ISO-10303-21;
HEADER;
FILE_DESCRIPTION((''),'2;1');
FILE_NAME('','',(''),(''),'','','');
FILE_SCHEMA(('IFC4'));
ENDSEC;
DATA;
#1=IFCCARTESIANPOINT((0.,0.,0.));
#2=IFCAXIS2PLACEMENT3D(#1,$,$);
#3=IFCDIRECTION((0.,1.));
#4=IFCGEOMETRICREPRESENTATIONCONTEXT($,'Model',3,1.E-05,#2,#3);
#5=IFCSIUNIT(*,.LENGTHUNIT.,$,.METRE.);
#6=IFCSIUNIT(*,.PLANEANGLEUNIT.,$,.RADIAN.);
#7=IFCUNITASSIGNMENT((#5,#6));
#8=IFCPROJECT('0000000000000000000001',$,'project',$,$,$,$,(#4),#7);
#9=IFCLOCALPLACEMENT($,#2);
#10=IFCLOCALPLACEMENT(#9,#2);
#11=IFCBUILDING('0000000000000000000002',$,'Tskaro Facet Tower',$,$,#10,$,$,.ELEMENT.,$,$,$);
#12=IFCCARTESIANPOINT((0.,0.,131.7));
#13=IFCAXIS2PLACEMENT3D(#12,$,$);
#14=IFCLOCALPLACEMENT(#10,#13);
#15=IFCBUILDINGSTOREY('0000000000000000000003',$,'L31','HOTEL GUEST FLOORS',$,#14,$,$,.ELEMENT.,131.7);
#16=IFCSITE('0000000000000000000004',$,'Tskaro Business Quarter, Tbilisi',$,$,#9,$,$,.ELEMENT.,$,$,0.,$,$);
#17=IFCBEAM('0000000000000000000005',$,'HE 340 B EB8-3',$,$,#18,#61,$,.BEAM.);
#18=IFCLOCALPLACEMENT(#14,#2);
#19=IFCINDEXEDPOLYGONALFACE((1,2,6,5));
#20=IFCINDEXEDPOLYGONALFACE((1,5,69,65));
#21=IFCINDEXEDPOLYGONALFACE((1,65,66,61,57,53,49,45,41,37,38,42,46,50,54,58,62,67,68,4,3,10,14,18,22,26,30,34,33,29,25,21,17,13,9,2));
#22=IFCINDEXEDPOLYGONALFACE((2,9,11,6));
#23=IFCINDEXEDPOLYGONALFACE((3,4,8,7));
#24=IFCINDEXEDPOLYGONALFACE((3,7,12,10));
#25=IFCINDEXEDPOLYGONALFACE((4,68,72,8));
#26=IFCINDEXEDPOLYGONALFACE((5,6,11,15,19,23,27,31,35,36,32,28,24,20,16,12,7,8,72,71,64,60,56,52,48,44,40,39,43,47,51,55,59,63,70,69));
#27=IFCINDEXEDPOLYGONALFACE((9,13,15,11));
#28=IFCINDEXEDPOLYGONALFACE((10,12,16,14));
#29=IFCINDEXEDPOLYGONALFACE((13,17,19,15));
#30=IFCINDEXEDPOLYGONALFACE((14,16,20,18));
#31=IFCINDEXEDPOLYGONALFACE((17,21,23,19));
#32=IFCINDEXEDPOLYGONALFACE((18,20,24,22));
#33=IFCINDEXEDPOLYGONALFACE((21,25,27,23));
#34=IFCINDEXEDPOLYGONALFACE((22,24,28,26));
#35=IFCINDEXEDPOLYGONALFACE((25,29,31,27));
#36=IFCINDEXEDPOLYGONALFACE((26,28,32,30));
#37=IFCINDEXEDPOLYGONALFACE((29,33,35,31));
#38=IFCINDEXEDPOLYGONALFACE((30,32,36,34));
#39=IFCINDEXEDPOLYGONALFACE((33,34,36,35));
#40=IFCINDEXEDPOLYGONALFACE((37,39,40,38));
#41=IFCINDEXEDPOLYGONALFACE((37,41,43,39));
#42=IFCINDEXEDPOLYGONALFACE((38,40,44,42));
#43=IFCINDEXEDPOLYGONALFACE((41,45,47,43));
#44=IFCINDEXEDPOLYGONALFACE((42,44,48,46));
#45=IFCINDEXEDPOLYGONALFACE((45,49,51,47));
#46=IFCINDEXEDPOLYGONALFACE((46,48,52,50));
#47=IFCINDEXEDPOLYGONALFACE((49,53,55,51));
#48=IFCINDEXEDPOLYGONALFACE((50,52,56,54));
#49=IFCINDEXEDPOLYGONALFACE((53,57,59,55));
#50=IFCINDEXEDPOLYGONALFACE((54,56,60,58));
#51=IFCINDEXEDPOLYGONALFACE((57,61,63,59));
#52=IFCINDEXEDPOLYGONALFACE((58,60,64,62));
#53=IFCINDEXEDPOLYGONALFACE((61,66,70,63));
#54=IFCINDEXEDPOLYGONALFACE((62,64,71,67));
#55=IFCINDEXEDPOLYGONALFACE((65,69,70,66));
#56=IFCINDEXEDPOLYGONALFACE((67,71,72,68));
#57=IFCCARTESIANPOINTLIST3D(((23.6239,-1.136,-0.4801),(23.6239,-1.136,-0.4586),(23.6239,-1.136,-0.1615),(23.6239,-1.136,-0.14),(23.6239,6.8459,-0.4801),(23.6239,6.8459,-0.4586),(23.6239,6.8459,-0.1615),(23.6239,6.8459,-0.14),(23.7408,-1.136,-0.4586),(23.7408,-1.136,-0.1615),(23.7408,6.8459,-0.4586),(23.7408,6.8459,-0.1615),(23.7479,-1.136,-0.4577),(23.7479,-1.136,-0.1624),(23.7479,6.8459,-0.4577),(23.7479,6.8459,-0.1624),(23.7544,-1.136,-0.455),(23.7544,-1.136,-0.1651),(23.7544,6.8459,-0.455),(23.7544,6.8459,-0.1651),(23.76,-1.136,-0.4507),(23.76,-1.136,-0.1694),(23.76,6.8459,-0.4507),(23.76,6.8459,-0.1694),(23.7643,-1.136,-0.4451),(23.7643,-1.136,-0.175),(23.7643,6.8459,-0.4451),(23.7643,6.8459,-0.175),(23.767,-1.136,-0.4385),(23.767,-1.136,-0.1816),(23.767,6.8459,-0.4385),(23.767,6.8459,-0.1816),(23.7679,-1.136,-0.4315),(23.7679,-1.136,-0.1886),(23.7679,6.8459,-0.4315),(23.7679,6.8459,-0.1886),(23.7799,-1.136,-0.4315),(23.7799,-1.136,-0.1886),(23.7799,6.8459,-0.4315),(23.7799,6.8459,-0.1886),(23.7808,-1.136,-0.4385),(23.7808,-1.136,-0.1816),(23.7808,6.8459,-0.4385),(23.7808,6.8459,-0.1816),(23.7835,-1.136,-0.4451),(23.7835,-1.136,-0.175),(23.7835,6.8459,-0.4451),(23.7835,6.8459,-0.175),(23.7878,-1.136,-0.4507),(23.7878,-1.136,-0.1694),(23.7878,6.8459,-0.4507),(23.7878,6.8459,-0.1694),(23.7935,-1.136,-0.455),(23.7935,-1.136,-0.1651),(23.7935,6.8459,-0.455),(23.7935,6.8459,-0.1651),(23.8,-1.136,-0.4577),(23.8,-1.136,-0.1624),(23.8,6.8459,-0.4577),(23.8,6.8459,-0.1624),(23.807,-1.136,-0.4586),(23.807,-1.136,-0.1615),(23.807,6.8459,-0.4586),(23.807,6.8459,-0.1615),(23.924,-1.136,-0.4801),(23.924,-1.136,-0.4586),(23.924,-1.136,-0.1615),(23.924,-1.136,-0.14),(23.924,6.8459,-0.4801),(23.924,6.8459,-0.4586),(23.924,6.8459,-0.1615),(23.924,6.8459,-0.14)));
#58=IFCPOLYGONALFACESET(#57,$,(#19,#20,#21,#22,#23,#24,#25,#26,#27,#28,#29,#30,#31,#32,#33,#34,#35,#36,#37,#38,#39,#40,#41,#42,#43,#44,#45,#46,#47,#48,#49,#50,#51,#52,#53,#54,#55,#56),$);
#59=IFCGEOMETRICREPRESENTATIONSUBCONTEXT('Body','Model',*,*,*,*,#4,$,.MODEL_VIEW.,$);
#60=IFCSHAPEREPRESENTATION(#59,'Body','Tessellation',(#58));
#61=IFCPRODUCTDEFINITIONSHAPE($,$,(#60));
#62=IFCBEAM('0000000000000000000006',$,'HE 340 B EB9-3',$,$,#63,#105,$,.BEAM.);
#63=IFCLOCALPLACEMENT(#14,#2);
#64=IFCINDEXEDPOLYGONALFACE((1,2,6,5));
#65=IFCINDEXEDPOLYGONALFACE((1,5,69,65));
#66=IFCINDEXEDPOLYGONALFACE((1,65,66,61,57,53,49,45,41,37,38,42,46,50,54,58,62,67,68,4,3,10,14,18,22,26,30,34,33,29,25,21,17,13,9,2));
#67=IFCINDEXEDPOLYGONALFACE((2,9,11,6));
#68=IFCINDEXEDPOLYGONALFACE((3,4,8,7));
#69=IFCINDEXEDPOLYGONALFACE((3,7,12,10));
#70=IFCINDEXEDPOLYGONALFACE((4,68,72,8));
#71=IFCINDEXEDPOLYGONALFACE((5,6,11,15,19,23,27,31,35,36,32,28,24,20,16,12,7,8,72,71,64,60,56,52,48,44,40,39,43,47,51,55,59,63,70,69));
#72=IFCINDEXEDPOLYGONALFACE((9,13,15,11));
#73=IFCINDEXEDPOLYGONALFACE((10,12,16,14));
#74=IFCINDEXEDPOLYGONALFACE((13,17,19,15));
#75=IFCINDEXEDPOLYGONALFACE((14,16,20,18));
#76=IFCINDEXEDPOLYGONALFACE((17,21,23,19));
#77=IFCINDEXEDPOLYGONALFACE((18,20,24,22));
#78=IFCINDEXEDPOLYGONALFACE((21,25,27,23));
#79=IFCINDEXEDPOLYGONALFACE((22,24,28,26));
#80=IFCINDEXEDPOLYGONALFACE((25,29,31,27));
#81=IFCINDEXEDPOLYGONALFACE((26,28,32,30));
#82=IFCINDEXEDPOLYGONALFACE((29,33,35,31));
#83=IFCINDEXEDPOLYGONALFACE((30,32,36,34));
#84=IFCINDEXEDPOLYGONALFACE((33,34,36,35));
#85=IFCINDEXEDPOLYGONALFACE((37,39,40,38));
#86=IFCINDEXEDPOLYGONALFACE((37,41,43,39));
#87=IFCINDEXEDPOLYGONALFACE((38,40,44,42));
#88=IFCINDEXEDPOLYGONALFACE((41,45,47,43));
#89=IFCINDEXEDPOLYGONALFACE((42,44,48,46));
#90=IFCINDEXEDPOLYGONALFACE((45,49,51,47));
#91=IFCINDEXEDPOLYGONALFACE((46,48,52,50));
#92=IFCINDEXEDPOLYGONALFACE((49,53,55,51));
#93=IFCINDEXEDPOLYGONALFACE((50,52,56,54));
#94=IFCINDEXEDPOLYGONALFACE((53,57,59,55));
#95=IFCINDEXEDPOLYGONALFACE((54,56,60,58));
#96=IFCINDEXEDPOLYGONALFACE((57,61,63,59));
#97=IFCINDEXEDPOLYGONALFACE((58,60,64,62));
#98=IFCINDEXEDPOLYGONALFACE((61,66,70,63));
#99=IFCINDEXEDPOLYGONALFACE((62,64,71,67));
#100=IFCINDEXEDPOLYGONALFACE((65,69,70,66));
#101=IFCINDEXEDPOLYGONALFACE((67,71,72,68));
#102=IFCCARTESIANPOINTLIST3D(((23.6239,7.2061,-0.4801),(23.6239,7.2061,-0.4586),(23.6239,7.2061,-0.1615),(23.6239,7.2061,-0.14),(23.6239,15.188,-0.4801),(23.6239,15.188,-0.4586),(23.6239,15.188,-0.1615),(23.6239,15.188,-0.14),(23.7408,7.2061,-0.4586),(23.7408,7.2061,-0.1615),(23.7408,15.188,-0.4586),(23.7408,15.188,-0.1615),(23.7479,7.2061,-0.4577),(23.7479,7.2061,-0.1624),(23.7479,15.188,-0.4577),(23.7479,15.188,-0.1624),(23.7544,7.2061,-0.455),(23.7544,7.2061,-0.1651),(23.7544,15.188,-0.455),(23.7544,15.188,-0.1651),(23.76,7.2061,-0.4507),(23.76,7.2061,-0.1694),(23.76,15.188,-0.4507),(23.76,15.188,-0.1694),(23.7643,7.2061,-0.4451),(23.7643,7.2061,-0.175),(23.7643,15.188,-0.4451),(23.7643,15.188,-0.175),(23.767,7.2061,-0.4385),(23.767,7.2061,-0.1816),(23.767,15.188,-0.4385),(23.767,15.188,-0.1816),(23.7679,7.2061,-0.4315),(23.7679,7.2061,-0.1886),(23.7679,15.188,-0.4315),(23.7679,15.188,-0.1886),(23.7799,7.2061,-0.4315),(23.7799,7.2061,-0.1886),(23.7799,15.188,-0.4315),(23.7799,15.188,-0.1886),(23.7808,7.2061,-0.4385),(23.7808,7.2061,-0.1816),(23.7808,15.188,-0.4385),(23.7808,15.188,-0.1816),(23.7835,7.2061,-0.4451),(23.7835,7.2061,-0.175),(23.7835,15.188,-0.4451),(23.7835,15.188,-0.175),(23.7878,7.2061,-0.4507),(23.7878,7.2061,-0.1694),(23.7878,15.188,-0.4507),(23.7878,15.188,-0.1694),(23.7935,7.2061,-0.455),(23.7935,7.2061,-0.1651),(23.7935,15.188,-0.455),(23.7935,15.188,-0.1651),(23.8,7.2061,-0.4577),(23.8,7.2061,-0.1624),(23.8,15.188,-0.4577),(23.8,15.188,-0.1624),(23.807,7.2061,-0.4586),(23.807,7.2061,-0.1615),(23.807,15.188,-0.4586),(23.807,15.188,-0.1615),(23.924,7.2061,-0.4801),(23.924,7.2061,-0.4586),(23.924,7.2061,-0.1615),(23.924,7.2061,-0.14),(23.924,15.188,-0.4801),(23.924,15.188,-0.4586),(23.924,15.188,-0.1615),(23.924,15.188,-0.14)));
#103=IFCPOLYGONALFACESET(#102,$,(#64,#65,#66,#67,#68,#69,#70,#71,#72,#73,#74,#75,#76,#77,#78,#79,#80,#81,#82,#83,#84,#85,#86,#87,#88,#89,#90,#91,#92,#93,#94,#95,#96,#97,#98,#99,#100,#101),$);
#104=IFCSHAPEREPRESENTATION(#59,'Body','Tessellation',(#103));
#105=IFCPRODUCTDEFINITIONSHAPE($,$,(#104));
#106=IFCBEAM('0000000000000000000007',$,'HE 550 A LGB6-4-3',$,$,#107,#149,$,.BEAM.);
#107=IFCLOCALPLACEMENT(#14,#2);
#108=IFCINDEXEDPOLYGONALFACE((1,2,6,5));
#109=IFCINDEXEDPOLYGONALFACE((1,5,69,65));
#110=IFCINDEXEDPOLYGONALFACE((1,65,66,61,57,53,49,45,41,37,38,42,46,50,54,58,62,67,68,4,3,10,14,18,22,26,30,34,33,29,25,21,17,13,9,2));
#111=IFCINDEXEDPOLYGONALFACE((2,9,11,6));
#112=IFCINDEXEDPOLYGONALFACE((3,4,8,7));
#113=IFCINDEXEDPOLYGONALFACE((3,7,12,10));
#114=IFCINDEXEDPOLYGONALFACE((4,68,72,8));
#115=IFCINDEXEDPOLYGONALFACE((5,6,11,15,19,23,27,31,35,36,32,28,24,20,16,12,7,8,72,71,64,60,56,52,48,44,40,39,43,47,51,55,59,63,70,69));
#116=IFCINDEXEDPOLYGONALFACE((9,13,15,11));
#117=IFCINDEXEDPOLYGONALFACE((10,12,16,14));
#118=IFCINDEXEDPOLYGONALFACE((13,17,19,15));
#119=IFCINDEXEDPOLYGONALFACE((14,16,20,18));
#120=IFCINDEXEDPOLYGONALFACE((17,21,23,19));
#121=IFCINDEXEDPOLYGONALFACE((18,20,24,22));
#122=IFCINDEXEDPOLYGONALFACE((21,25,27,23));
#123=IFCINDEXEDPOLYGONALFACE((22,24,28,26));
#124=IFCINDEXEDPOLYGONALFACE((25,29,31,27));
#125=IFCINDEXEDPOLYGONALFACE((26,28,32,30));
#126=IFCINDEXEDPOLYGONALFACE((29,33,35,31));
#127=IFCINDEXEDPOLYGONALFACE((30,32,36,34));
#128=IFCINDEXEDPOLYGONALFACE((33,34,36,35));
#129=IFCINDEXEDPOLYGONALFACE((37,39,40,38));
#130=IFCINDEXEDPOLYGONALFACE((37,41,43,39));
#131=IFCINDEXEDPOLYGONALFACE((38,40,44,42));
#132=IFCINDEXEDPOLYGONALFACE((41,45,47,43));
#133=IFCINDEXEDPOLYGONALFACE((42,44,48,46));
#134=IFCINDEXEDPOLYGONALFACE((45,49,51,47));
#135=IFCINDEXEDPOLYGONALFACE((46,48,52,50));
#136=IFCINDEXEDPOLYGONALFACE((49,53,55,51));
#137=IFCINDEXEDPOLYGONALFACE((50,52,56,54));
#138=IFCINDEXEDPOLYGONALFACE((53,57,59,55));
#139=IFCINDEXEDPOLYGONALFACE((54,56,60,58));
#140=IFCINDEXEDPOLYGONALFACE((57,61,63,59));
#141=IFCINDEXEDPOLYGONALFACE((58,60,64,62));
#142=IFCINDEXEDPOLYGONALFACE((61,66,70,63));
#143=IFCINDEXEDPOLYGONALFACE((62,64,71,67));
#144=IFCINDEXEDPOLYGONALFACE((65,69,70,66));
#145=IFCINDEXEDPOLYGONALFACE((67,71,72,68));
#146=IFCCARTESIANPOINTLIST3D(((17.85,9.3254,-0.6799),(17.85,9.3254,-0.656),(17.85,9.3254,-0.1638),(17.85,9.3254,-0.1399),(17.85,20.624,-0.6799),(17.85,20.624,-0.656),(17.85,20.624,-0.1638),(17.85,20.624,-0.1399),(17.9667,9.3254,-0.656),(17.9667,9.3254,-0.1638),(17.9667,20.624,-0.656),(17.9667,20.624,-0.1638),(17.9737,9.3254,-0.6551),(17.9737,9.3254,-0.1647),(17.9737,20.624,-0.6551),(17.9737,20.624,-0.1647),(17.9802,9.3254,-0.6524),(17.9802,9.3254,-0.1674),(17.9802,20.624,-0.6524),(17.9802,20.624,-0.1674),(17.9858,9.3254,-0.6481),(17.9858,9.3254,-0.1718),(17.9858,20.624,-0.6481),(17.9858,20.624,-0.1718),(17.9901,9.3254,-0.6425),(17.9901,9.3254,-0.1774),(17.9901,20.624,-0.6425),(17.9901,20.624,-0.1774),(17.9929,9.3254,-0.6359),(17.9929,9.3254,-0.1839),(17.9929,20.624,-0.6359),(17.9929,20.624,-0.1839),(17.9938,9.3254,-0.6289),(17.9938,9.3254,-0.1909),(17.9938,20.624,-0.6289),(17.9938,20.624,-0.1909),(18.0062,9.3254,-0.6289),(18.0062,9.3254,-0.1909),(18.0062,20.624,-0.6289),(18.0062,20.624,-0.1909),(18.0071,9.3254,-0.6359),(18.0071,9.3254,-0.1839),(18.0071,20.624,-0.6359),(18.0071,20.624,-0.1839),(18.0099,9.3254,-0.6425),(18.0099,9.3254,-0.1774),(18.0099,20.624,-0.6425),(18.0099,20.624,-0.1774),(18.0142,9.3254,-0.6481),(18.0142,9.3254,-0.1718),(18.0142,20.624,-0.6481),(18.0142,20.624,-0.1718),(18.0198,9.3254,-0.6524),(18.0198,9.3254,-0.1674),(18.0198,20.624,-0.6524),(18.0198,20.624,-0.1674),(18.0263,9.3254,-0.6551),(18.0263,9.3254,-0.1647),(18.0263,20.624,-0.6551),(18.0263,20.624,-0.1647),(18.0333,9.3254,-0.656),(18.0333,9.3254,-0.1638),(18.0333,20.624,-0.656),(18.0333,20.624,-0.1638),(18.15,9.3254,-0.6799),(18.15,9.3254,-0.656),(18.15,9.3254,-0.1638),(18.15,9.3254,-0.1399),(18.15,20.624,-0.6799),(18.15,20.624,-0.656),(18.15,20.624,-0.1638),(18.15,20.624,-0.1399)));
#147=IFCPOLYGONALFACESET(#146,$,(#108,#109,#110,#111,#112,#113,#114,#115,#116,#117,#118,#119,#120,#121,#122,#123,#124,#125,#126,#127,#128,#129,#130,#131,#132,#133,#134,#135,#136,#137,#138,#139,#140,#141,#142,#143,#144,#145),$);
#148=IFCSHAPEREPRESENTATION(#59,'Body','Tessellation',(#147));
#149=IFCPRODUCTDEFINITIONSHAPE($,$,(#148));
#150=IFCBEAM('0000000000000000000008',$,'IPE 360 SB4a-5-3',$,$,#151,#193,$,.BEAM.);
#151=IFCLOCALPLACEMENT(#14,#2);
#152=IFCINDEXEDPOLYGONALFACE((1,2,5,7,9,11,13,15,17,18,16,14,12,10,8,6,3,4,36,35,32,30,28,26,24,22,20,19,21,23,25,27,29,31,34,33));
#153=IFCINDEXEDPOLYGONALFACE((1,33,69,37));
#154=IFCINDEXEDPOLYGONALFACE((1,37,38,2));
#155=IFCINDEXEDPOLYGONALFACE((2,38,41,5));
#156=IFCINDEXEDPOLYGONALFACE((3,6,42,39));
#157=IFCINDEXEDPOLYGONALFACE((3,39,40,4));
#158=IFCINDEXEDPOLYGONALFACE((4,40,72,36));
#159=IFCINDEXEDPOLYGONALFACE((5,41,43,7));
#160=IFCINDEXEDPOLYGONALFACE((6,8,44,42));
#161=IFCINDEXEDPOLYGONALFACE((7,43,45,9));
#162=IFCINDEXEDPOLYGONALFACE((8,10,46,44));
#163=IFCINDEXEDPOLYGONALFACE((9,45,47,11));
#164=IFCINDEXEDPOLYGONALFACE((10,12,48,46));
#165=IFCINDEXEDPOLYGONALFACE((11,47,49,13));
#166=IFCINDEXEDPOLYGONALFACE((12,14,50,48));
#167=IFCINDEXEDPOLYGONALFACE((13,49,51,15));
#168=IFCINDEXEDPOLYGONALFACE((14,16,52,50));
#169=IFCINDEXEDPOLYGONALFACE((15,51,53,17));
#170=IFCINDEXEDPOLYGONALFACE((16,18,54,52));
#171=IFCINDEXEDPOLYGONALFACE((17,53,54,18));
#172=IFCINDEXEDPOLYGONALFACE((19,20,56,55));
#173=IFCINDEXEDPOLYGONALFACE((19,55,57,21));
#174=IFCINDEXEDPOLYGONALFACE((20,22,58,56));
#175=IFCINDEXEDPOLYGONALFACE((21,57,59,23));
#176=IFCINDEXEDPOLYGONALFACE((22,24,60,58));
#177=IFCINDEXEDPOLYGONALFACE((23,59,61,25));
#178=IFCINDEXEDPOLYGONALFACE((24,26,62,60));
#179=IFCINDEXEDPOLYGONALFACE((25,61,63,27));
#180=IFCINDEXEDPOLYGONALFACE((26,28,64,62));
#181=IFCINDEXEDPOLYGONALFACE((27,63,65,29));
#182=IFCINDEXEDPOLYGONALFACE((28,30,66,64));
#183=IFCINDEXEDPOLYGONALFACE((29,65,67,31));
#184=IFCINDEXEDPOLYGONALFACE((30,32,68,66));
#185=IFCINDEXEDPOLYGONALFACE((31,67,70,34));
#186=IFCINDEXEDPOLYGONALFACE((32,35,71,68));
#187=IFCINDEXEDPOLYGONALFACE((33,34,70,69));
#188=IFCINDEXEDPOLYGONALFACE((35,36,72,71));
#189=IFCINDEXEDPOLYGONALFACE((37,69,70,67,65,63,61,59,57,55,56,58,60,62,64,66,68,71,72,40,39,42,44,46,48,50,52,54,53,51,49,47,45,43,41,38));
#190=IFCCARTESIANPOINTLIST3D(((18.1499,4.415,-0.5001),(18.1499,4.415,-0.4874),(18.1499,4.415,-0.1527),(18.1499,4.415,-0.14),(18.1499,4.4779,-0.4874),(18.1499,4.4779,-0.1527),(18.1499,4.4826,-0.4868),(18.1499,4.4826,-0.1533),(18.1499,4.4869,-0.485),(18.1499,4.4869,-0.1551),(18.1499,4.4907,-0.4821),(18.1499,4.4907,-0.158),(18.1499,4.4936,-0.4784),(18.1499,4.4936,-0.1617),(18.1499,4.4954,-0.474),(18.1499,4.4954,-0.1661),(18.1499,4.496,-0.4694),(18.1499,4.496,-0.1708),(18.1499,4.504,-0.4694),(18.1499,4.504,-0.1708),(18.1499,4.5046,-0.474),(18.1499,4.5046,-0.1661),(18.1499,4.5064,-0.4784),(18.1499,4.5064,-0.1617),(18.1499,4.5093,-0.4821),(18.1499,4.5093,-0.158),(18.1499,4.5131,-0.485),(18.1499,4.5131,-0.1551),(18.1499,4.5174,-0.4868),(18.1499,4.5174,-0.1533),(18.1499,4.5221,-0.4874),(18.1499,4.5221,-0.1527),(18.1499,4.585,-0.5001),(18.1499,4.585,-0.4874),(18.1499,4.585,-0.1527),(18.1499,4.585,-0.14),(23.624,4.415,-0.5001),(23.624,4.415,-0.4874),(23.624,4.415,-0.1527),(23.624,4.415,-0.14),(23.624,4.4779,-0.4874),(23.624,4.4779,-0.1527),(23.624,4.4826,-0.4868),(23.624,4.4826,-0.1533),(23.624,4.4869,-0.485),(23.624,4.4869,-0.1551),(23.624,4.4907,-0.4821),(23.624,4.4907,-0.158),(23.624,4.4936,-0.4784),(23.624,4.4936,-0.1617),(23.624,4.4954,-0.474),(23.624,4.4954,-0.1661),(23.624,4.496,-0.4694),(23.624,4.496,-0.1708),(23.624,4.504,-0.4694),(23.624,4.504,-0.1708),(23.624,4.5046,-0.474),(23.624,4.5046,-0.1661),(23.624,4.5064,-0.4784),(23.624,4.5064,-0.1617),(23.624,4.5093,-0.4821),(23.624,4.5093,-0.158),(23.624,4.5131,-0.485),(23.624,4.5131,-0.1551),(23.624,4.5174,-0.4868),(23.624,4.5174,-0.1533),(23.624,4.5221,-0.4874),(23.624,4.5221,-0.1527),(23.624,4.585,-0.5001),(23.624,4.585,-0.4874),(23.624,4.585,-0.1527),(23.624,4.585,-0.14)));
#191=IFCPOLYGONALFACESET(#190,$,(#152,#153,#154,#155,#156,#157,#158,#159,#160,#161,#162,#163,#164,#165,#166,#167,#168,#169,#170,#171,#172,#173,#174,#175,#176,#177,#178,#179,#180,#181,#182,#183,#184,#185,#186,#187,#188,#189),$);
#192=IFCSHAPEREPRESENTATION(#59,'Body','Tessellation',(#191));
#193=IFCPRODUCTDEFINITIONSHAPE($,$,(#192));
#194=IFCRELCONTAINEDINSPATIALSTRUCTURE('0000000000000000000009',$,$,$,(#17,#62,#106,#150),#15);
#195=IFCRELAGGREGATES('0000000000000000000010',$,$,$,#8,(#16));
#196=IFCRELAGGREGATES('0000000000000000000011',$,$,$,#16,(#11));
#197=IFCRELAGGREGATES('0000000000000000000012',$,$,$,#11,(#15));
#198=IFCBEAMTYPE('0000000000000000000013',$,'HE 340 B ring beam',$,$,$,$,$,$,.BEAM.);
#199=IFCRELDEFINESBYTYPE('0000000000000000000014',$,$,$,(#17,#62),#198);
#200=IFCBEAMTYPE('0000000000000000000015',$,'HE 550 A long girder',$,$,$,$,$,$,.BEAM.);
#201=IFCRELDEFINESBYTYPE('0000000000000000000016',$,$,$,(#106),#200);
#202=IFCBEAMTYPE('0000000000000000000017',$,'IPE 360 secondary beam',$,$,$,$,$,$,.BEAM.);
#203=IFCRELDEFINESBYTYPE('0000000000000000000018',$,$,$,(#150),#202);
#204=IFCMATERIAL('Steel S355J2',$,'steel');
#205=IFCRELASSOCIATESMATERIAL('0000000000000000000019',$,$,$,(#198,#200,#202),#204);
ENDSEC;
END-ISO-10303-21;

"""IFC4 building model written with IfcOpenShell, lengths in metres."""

from ifc_helpers import new_model, si_unit, direction, frame, origin, origin_2d, place, context, subcontext, project, spatial, i_section, extrude, material, material_profile, profile_set, type_object, element, save


model = new_model("IFC4")

# Units and contexts
model_context = context("Model", 3, precision=1e-05, world=origin(), true_north=direction((0.0, 1.0)))
body_context = subcontext(model_context, "Body", "Model", "MODEL_VIEW")
ifc_project = project(units=[si_unit("LENGTHUNIT", "METRE"), si_unit("PLANEANGLEUNIT", "RADIAN")], contexts=[model_context])

# Site, building, storey
site_placement = place(None, origin())
site = spatial("IfcSite", under=ifc_project, at=site_placement, Name="Tskaro Business Quarter, Tbilisi", CompositionType="ELEMENT", RefElevation=0.0)
building_placement = place(site_placement, origin())
building = spatial("IfcBuilding", under=site, at=building_placement, Name="Tskaro Facet Tower", CompositionType="ELEMENT")
storey_placement = place(building_placement, frame((0.0, 0.0, 131.7)))
storey = spatial("IfcBuildingStorey", under=building, at=storey_placement, Name="L31", Description="HOTEL GUEST FLOORS", CompositionType="ELEMENT", Elevation=131.7)

# Beams
ifc_material_1 = material(Name="Steel S355J2", Category="steel")
ifc_material_profile_1 = material_profile(ifc_material_1, i_section(OverallWidth=0.3, OverallDepth=0.3401, WebThickness=0.012, FlangeThickness=0.0215, FilletRadius=0.0271, at=origin_2d()), Name="HE 340 B")
ifc_profile_set_1 = profile_set([ifc_material_profile_1], Name="Steel S355J2")
beam_type_1 = type_object("IfcBeamType", Name="HE 340 B ring beam", PredefinedType="BEAM", material=ifc_profile_set_1)
for number, where, z_axis, x_axis, name in (
    (1, (23.7739, -1.136, -0.3101), (0.0, 1.0, 0.0), (-1.0, 0.0, 0.0), "HE 340 B EB8-3"),
    (2, (23.7739, 7.2061, -0.3101), (0.0, 1.0, 0.0), (-1.0, 0.0, 0.0), "HE 340 B EB9-3"),
):
    element("IfcBeam", number, at=place(storey_placement, frame(where, z_axis=z_axis, x_axis=x_axis)), inside=storey, type_object=beam_type_1, Name=name, PredefinedType="BEAM", context=body_context, shape_type="SweptSolid", body=[
        extrude(i_section(OverallWidth=0.3, OverallDepth=0.3401, WebThickness=0.012, FlangeThickness=0.0215, FilletRadius=0.0271, at=origin_2d()), origin(), (0.0, 0.0, 1.0), 7.9819),
    ])
ifc_material_profile_2 = material_profile(ifc_material_1, i_section(OverallWidth=0.3, OverallDepth=0.54, WebThickness=0.0125, FlangeThickness=0.0239, FilletRadius=0.0271, at=origin_2d()), Name="HE 550 A")
ifc_profile_set_2 = profile_set([ifc_material_profile_2], Name="Steel S355J2")
beam_type_2 = type_object("IfcBeamType", Name="HE 550 A long girder", PredefinedType="BEAM", material=ifc_profile_set_2)
beam_1_placement = place(storey_placement, frame((18.0, 9.3254, -0.4099), z_axis=(0.0, 1.0, 0.0), x_axis=(-1.0, 0.0, 0.0)))
element("IfcBeam", 3, at=beam_1_placement, inside=storey, type_object=beam_type_2, Name="HE 550 A LGB6-4-3", PredefinedType="BEAM", context=body_context, shape_type="SweptSolid", body=[
    extrude(i_section(OverallWidth=0.3, OverallDepth=0.54, WebThickness=0.0125, FlangeThickness=0.0239, FilletRadius=0.0271, at=origin_2d()), origin(), (0.0, 0.0, 1.0), 11.2986),
])
ifc_material_profile_3 = material_profile(ifc_material_1, i_section(OverallWidth=0.1699, OverallDepth=0.3601, WebThickness=0.0081, FlangeThickness=0.0127, FilletRadius=0.0181, at=origin_2d()), Name="IPE 360")
ifc_profile_set_3 = profile_set([ifc_material_profile_3], Name="Steel S355J2")
beam_type_3 = type_object("IfcBeamType", Name="IPE 360 secondary beam", PredefinedType="BEAM", material=ifc_profile_set_3)
beam_2_placement = place(storey_placement, frame((18.1499, 4.5, -0.3201), z_axis=(1.0, 0.0, 0.0), x_axis=(0.0, 1.0, 0.0)))
element("IfcBeam", 4, at=beam_2_placement, inside=storey, type_object=beam_type_3, Name="IPE 360 SB4a-5-3", PredefinedType="BEAM", context=body_context, shape_type="SweptSolid", body=[
    extrude(i_section(OverallWidth=0.1699, OverallDepth=0.3601, WebThickness=0.0081, FlangeThickness=0.0127, FilletRadius=0.0181, at=origin_2d()), origin(), (0.0, 0.0, 1.0), 5.4741),
])

save(model, "model.ifc")
